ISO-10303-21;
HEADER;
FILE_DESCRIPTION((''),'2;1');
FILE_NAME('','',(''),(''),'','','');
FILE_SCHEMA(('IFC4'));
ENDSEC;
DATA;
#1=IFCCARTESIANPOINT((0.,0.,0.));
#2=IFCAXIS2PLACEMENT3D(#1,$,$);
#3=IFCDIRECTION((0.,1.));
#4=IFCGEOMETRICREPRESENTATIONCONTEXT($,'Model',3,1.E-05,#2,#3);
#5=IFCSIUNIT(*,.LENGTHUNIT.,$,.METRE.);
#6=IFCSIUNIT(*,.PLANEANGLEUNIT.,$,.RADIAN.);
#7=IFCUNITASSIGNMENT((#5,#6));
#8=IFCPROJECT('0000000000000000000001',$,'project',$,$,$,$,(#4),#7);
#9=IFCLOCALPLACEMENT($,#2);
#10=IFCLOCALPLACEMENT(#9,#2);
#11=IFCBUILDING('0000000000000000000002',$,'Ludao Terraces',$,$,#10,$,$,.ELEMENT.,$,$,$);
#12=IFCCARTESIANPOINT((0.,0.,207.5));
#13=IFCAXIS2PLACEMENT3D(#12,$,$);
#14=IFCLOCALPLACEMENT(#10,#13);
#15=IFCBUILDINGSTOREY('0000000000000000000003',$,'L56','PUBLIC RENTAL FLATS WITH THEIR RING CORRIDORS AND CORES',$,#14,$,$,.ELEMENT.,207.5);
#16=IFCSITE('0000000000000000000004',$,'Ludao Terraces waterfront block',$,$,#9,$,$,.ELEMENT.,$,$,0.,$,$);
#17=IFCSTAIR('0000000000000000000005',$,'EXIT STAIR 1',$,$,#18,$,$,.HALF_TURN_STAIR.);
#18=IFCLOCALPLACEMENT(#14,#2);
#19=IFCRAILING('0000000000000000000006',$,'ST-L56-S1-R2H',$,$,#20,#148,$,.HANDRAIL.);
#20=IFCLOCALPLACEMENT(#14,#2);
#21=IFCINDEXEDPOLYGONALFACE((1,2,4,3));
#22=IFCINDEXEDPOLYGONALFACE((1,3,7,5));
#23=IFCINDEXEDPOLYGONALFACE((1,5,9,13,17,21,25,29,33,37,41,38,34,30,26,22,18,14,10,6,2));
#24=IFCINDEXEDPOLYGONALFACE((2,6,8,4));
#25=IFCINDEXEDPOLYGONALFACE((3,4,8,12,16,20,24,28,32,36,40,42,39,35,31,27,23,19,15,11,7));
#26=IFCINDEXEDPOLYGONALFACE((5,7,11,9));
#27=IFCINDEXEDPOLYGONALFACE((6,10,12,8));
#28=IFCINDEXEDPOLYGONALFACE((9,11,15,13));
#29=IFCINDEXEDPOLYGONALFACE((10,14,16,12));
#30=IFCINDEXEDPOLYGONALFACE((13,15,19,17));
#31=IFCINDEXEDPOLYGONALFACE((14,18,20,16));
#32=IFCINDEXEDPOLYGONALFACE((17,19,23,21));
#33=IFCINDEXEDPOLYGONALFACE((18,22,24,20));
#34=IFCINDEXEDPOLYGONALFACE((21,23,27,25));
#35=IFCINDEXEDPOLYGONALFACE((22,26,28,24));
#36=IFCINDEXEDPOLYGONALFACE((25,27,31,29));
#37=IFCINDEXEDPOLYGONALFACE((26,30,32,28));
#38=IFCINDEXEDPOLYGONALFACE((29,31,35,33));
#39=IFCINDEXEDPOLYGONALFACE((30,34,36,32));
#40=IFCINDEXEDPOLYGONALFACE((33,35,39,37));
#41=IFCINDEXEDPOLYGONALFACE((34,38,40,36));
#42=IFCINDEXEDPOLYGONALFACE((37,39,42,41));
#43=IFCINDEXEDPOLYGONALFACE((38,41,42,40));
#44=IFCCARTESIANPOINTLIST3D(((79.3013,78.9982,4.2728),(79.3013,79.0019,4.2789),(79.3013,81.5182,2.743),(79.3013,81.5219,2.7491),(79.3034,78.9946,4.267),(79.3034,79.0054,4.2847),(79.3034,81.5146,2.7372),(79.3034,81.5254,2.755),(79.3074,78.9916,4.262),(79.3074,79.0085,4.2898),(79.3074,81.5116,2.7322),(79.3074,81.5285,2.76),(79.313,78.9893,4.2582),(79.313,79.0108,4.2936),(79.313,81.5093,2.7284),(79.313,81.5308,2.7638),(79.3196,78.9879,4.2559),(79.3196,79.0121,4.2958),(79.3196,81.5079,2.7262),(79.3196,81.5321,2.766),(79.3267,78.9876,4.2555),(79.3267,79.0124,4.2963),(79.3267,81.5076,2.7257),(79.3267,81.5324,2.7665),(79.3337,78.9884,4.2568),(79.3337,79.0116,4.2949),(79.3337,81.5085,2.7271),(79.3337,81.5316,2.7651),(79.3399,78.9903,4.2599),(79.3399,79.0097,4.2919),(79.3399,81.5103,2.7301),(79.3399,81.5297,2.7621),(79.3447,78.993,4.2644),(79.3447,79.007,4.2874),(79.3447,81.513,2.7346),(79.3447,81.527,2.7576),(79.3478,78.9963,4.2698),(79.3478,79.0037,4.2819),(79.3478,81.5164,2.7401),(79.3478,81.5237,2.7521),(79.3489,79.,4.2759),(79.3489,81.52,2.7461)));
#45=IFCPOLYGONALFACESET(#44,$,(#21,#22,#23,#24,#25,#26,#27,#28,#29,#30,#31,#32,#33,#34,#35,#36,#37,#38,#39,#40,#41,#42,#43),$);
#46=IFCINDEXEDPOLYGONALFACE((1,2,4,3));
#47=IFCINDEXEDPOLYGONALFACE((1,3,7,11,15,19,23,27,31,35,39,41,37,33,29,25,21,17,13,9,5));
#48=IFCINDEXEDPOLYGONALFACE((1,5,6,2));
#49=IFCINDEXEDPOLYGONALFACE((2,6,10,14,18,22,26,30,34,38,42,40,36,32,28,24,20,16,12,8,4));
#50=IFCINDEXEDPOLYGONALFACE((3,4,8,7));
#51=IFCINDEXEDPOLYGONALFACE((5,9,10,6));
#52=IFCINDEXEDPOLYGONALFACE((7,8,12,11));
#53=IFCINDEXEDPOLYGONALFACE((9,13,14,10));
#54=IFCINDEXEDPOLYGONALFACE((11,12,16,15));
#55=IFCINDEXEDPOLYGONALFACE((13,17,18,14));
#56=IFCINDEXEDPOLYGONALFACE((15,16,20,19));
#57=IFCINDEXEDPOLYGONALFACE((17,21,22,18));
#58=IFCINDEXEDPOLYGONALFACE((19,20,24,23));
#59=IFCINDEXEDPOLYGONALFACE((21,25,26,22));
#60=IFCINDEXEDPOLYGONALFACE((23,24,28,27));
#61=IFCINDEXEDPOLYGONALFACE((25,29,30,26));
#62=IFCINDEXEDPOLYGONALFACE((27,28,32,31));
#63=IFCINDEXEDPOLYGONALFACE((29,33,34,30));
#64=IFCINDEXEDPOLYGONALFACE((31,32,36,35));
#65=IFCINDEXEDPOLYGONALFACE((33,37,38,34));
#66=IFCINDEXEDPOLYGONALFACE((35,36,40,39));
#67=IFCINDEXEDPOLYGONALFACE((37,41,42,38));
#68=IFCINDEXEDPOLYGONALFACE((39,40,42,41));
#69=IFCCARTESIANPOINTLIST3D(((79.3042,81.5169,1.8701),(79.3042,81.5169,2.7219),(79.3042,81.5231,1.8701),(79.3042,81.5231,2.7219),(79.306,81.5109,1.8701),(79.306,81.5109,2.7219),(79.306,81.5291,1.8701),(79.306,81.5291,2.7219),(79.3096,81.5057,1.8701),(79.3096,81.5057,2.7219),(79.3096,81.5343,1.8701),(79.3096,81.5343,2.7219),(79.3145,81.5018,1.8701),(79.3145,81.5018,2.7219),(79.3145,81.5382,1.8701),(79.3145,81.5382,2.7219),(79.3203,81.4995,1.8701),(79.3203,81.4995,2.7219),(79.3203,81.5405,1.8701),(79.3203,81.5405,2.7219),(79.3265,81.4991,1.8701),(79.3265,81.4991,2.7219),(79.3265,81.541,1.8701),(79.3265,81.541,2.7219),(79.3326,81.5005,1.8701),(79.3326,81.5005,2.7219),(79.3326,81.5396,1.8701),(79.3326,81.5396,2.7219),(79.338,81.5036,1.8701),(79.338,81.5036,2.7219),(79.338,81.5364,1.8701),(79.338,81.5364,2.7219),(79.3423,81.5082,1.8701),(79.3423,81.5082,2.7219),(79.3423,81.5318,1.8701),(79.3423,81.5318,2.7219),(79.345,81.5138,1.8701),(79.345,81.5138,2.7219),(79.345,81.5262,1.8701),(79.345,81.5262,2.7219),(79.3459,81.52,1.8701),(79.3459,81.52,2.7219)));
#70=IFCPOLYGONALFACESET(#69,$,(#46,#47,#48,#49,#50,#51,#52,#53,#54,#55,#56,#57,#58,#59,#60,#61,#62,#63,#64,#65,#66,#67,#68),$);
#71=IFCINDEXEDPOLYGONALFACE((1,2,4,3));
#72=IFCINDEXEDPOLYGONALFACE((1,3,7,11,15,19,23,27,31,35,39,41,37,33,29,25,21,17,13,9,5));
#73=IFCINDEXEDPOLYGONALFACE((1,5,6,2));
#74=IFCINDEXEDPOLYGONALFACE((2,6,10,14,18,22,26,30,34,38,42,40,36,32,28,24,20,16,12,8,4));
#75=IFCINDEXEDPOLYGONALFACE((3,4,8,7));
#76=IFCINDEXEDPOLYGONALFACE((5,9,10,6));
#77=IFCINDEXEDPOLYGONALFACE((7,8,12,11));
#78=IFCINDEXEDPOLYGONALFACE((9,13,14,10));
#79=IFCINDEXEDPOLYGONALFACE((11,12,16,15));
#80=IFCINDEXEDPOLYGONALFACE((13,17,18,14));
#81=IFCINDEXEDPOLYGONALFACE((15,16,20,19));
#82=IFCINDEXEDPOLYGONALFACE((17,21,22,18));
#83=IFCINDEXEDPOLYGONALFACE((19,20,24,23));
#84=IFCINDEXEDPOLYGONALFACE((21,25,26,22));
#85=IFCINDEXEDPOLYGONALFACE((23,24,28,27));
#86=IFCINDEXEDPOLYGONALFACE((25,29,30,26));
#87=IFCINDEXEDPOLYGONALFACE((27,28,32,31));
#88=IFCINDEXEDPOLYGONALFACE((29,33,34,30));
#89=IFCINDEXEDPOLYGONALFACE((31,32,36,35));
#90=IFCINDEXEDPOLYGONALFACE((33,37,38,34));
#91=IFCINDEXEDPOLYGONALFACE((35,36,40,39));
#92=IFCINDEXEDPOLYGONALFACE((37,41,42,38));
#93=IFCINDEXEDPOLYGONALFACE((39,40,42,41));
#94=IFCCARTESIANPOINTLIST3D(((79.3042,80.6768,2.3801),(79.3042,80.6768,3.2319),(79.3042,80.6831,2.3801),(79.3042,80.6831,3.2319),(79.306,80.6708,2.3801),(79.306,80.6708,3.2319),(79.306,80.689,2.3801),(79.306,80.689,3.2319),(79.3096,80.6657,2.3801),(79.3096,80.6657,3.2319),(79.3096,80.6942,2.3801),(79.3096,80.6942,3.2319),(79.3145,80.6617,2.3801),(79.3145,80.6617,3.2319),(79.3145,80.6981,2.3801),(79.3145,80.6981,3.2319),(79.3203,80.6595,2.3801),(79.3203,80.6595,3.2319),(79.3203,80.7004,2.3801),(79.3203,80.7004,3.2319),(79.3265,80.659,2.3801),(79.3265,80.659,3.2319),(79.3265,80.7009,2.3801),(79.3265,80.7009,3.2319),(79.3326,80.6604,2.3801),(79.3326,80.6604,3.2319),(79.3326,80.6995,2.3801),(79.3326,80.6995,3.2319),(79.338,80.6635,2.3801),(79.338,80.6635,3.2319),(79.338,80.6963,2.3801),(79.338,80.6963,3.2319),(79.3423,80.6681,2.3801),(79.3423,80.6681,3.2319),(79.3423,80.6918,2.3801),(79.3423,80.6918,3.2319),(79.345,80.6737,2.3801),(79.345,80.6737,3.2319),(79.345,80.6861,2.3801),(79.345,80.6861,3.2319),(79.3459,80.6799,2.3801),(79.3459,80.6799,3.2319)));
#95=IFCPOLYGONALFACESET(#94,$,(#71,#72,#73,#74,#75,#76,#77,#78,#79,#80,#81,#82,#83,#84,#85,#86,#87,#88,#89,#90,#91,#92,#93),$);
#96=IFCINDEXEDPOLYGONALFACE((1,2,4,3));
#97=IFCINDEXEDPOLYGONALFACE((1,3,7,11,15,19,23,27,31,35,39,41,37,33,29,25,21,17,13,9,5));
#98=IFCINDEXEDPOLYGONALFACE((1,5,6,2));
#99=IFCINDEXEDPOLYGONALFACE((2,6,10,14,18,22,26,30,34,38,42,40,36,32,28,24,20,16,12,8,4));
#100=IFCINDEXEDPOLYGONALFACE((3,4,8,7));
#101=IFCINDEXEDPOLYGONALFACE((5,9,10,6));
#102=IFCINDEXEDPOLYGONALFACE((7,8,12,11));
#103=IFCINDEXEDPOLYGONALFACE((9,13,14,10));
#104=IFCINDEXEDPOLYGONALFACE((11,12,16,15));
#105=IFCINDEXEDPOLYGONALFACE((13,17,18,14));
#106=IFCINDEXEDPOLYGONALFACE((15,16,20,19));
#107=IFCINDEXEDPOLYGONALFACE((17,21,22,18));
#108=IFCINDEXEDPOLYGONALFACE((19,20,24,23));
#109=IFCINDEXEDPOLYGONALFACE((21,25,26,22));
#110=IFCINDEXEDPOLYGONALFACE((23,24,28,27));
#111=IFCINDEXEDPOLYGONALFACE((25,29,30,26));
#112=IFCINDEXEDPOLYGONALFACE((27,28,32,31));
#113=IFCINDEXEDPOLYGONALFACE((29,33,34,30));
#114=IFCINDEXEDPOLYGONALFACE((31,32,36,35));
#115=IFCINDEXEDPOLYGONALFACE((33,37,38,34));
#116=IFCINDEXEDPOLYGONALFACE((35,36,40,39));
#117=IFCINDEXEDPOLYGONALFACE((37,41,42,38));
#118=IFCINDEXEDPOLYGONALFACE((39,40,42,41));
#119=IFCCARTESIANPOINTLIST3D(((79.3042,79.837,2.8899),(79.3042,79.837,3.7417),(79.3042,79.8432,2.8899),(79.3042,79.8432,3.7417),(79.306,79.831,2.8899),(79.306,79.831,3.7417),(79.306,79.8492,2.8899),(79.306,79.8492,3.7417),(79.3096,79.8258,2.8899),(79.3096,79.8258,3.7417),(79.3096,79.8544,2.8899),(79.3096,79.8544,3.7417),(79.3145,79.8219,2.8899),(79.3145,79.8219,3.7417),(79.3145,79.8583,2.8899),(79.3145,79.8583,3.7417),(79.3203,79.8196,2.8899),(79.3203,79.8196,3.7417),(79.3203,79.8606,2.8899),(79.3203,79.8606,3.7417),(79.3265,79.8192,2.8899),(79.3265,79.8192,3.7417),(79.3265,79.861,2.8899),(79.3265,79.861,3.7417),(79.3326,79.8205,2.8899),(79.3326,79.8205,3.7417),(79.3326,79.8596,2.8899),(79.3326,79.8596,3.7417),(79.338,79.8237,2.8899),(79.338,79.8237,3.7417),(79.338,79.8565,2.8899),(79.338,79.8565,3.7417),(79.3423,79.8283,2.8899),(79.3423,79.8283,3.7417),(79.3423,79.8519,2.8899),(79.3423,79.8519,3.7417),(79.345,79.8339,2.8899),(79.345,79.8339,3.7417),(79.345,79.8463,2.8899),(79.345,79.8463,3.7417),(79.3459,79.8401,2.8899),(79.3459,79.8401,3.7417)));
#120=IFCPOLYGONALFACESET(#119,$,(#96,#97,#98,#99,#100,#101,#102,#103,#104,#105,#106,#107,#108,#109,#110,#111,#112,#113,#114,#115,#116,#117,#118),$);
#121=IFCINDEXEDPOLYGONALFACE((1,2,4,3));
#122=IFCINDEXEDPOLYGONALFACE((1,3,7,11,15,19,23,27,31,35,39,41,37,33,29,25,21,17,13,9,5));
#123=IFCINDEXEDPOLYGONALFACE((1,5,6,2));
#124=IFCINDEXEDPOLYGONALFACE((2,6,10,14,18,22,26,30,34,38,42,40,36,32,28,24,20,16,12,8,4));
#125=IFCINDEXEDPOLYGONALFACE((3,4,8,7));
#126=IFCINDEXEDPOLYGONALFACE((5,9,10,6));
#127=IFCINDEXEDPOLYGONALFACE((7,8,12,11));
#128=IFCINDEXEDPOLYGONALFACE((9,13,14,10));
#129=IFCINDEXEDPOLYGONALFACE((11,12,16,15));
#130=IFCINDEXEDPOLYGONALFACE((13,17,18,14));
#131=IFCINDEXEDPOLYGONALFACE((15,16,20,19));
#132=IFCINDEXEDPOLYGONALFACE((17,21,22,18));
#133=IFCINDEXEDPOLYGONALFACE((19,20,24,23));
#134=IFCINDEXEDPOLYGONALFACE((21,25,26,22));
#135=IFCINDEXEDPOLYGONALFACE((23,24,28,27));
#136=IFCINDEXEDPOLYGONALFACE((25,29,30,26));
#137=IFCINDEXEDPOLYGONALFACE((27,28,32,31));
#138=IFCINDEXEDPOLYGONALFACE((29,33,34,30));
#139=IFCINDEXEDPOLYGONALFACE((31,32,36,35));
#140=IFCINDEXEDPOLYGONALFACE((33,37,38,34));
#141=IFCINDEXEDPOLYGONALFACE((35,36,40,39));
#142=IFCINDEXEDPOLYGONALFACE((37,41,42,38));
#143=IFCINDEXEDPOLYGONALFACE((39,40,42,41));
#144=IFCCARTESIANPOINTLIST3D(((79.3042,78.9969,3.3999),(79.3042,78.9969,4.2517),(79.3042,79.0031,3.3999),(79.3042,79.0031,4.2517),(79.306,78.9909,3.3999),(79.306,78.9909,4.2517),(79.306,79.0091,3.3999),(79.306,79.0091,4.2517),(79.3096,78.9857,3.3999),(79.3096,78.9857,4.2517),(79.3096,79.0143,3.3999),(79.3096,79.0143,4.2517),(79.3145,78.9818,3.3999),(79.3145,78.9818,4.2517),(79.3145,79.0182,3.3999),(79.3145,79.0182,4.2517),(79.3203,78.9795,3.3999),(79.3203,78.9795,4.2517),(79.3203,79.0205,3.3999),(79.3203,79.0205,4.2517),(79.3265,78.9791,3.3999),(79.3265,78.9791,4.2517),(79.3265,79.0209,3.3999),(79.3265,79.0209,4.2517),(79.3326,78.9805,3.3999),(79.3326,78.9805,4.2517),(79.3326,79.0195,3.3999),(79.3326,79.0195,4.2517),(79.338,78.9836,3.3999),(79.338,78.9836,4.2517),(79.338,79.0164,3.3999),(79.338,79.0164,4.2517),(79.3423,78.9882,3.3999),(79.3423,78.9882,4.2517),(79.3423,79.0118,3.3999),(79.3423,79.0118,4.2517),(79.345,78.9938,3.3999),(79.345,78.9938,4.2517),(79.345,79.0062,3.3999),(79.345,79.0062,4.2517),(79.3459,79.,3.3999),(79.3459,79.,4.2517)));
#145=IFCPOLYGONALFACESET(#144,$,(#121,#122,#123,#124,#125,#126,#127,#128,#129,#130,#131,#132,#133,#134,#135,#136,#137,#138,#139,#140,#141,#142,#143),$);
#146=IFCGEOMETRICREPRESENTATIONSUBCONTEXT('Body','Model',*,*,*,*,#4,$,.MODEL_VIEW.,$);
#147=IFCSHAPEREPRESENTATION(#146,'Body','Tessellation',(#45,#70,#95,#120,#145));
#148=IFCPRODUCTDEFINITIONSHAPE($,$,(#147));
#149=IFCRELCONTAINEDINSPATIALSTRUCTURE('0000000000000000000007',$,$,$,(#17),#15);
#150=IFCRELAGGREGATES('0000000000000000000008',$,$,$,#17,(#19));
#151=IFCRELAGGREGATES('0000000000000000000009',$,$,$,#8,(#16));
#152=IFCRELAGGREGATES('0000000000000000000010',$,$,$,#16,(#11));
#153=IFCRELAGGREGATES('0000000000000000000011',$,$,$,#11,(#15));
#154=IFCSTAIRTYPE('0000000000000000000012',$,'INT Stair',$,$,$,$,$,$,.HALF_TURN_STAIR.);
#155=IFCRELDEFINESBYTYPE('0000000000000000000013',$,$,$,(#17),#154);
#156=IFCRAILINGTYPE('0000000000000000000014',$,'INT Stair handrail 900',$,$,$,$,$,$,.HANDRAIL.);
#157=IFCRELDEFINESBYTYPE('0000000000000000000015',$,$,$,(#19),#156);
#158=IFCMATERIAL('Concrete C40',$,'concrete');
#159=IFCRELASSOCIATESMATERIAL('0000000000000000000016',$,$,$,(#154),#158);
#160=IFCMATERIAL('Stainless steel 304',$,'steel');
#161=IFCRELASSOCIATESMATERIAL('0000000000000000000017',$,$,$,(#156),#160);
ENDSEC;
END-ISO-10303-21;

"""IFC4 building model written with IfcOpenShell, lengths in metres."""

from ifc_helpers import new_model, si_unit, direction, frame, origin, origin_2d, place, context, subcontext, project, spatial, circle, extrude, material, type_object, element, aggregate, save


model = new_model("IFC4")

# Units and contexts
model_context = context("Model", 3, precision=1e-05, world=origin(), true_north=direction((0.0, 1.0)))
body_context = subcontext(model_context, "Body", "Model", "MODEL_VIEW")
ifc_project = project(units=[si_unit("LENGTHUNIT", "METRE"), si_unit("PLANEANGLEUNIT", "RADIAN")], contexts=[model_context])

# Site, building, storey
site_placement = place(None, origin())
site = spatial("IfcSite", under=ifc_project, at=site_placement, Name="Ludao Terraces waterfront block", CompositionType="ELEMENT", RefElevation=0.0)
building_placement = place(site_placement, origin())
building = spatial("IfcBuilding", under=site, at=building_placement, Name="Ludao Terraces", CompositionType="ELEMENT")
storey_placement = place(building_placement, frame((0.0, 0.0, 207.5)))
storey = spatial("IfcBuildingStorey", under=building, at=storey_placement, Name="L56", Description="PUBLIC RENTAL FLATS WITH THEIR RING CORRIDORS AND CORES", CompositionType="ELEMENT", Elevation=207.5)

# Shared definitions
ifc_material_1 = material(Name="Concrete C40", Category="concrete")

# Stair, railing
stair_type = type_object("IfcStairType", Name="INT Stair", PredefinedType="HALF_TURN_STAIR", material=ifc_material_1)
stair_placement = place(storey_placement, origin())
stair = element("IfcStair", 1, at=stair_placement, inside=storey, type_object=stair_type, Name="EXIT STAIR 1", PredefinedType="HALF_TURN_STAIR")
ifc_material_2 = material(Name="Stainless steel 304", Category="steel")
railing_type_1 = type_object("IfcRailingType", Name="INT Stair handrail 900", PredefinedType="HANDRAIL", material=ifc_material_2)
railing_1_placement = place(storey_placement, frame((79.325, 81.52, 1.8701)))
railing_1 = element("IfcRailing", 2, at=railing_1_placement, type_object=railing_type_1, Name="ST-L56-S1-R2H", PredefinedType="HANDRAIL", context=body_context, shape_type="SweptSolid", body=[
    extrude(circle(Radius=0.0239, at=origin_2d()), frame((0.0, 0.0, 0.876), z_axis=(0.0, -0.854822, 0.518922), x_axis=(1.0, 0.0, 0.0)), (0.0, 0.0, 1.0), 2.948),
    extrude(circle(Radius=0.021, at=origin_2d()), origin(), (0.0, 0.0, 1.0), 0.8518),
    extrude(circle(Radius=0.021, at=origin_2d()), frame((0.0, -0.8401, 0.51)), (0.0, 0.0, 1.0), 0.8518),
    extrude(circle(Radius=0.021, at=origin_2d()), frame((0.0, -1.6799, 1.0198)), (0.0, 0.0, 1.0), 0.8518),
    extrude(circle(Radius=0.021, at=origin_2d()), frame((0.0, -2.52, 1.5298)), (0.0, 0.0, 1.0), 0.8518),
])
aggregate(stair, [railing_1])

save(model, "model.ifc")
